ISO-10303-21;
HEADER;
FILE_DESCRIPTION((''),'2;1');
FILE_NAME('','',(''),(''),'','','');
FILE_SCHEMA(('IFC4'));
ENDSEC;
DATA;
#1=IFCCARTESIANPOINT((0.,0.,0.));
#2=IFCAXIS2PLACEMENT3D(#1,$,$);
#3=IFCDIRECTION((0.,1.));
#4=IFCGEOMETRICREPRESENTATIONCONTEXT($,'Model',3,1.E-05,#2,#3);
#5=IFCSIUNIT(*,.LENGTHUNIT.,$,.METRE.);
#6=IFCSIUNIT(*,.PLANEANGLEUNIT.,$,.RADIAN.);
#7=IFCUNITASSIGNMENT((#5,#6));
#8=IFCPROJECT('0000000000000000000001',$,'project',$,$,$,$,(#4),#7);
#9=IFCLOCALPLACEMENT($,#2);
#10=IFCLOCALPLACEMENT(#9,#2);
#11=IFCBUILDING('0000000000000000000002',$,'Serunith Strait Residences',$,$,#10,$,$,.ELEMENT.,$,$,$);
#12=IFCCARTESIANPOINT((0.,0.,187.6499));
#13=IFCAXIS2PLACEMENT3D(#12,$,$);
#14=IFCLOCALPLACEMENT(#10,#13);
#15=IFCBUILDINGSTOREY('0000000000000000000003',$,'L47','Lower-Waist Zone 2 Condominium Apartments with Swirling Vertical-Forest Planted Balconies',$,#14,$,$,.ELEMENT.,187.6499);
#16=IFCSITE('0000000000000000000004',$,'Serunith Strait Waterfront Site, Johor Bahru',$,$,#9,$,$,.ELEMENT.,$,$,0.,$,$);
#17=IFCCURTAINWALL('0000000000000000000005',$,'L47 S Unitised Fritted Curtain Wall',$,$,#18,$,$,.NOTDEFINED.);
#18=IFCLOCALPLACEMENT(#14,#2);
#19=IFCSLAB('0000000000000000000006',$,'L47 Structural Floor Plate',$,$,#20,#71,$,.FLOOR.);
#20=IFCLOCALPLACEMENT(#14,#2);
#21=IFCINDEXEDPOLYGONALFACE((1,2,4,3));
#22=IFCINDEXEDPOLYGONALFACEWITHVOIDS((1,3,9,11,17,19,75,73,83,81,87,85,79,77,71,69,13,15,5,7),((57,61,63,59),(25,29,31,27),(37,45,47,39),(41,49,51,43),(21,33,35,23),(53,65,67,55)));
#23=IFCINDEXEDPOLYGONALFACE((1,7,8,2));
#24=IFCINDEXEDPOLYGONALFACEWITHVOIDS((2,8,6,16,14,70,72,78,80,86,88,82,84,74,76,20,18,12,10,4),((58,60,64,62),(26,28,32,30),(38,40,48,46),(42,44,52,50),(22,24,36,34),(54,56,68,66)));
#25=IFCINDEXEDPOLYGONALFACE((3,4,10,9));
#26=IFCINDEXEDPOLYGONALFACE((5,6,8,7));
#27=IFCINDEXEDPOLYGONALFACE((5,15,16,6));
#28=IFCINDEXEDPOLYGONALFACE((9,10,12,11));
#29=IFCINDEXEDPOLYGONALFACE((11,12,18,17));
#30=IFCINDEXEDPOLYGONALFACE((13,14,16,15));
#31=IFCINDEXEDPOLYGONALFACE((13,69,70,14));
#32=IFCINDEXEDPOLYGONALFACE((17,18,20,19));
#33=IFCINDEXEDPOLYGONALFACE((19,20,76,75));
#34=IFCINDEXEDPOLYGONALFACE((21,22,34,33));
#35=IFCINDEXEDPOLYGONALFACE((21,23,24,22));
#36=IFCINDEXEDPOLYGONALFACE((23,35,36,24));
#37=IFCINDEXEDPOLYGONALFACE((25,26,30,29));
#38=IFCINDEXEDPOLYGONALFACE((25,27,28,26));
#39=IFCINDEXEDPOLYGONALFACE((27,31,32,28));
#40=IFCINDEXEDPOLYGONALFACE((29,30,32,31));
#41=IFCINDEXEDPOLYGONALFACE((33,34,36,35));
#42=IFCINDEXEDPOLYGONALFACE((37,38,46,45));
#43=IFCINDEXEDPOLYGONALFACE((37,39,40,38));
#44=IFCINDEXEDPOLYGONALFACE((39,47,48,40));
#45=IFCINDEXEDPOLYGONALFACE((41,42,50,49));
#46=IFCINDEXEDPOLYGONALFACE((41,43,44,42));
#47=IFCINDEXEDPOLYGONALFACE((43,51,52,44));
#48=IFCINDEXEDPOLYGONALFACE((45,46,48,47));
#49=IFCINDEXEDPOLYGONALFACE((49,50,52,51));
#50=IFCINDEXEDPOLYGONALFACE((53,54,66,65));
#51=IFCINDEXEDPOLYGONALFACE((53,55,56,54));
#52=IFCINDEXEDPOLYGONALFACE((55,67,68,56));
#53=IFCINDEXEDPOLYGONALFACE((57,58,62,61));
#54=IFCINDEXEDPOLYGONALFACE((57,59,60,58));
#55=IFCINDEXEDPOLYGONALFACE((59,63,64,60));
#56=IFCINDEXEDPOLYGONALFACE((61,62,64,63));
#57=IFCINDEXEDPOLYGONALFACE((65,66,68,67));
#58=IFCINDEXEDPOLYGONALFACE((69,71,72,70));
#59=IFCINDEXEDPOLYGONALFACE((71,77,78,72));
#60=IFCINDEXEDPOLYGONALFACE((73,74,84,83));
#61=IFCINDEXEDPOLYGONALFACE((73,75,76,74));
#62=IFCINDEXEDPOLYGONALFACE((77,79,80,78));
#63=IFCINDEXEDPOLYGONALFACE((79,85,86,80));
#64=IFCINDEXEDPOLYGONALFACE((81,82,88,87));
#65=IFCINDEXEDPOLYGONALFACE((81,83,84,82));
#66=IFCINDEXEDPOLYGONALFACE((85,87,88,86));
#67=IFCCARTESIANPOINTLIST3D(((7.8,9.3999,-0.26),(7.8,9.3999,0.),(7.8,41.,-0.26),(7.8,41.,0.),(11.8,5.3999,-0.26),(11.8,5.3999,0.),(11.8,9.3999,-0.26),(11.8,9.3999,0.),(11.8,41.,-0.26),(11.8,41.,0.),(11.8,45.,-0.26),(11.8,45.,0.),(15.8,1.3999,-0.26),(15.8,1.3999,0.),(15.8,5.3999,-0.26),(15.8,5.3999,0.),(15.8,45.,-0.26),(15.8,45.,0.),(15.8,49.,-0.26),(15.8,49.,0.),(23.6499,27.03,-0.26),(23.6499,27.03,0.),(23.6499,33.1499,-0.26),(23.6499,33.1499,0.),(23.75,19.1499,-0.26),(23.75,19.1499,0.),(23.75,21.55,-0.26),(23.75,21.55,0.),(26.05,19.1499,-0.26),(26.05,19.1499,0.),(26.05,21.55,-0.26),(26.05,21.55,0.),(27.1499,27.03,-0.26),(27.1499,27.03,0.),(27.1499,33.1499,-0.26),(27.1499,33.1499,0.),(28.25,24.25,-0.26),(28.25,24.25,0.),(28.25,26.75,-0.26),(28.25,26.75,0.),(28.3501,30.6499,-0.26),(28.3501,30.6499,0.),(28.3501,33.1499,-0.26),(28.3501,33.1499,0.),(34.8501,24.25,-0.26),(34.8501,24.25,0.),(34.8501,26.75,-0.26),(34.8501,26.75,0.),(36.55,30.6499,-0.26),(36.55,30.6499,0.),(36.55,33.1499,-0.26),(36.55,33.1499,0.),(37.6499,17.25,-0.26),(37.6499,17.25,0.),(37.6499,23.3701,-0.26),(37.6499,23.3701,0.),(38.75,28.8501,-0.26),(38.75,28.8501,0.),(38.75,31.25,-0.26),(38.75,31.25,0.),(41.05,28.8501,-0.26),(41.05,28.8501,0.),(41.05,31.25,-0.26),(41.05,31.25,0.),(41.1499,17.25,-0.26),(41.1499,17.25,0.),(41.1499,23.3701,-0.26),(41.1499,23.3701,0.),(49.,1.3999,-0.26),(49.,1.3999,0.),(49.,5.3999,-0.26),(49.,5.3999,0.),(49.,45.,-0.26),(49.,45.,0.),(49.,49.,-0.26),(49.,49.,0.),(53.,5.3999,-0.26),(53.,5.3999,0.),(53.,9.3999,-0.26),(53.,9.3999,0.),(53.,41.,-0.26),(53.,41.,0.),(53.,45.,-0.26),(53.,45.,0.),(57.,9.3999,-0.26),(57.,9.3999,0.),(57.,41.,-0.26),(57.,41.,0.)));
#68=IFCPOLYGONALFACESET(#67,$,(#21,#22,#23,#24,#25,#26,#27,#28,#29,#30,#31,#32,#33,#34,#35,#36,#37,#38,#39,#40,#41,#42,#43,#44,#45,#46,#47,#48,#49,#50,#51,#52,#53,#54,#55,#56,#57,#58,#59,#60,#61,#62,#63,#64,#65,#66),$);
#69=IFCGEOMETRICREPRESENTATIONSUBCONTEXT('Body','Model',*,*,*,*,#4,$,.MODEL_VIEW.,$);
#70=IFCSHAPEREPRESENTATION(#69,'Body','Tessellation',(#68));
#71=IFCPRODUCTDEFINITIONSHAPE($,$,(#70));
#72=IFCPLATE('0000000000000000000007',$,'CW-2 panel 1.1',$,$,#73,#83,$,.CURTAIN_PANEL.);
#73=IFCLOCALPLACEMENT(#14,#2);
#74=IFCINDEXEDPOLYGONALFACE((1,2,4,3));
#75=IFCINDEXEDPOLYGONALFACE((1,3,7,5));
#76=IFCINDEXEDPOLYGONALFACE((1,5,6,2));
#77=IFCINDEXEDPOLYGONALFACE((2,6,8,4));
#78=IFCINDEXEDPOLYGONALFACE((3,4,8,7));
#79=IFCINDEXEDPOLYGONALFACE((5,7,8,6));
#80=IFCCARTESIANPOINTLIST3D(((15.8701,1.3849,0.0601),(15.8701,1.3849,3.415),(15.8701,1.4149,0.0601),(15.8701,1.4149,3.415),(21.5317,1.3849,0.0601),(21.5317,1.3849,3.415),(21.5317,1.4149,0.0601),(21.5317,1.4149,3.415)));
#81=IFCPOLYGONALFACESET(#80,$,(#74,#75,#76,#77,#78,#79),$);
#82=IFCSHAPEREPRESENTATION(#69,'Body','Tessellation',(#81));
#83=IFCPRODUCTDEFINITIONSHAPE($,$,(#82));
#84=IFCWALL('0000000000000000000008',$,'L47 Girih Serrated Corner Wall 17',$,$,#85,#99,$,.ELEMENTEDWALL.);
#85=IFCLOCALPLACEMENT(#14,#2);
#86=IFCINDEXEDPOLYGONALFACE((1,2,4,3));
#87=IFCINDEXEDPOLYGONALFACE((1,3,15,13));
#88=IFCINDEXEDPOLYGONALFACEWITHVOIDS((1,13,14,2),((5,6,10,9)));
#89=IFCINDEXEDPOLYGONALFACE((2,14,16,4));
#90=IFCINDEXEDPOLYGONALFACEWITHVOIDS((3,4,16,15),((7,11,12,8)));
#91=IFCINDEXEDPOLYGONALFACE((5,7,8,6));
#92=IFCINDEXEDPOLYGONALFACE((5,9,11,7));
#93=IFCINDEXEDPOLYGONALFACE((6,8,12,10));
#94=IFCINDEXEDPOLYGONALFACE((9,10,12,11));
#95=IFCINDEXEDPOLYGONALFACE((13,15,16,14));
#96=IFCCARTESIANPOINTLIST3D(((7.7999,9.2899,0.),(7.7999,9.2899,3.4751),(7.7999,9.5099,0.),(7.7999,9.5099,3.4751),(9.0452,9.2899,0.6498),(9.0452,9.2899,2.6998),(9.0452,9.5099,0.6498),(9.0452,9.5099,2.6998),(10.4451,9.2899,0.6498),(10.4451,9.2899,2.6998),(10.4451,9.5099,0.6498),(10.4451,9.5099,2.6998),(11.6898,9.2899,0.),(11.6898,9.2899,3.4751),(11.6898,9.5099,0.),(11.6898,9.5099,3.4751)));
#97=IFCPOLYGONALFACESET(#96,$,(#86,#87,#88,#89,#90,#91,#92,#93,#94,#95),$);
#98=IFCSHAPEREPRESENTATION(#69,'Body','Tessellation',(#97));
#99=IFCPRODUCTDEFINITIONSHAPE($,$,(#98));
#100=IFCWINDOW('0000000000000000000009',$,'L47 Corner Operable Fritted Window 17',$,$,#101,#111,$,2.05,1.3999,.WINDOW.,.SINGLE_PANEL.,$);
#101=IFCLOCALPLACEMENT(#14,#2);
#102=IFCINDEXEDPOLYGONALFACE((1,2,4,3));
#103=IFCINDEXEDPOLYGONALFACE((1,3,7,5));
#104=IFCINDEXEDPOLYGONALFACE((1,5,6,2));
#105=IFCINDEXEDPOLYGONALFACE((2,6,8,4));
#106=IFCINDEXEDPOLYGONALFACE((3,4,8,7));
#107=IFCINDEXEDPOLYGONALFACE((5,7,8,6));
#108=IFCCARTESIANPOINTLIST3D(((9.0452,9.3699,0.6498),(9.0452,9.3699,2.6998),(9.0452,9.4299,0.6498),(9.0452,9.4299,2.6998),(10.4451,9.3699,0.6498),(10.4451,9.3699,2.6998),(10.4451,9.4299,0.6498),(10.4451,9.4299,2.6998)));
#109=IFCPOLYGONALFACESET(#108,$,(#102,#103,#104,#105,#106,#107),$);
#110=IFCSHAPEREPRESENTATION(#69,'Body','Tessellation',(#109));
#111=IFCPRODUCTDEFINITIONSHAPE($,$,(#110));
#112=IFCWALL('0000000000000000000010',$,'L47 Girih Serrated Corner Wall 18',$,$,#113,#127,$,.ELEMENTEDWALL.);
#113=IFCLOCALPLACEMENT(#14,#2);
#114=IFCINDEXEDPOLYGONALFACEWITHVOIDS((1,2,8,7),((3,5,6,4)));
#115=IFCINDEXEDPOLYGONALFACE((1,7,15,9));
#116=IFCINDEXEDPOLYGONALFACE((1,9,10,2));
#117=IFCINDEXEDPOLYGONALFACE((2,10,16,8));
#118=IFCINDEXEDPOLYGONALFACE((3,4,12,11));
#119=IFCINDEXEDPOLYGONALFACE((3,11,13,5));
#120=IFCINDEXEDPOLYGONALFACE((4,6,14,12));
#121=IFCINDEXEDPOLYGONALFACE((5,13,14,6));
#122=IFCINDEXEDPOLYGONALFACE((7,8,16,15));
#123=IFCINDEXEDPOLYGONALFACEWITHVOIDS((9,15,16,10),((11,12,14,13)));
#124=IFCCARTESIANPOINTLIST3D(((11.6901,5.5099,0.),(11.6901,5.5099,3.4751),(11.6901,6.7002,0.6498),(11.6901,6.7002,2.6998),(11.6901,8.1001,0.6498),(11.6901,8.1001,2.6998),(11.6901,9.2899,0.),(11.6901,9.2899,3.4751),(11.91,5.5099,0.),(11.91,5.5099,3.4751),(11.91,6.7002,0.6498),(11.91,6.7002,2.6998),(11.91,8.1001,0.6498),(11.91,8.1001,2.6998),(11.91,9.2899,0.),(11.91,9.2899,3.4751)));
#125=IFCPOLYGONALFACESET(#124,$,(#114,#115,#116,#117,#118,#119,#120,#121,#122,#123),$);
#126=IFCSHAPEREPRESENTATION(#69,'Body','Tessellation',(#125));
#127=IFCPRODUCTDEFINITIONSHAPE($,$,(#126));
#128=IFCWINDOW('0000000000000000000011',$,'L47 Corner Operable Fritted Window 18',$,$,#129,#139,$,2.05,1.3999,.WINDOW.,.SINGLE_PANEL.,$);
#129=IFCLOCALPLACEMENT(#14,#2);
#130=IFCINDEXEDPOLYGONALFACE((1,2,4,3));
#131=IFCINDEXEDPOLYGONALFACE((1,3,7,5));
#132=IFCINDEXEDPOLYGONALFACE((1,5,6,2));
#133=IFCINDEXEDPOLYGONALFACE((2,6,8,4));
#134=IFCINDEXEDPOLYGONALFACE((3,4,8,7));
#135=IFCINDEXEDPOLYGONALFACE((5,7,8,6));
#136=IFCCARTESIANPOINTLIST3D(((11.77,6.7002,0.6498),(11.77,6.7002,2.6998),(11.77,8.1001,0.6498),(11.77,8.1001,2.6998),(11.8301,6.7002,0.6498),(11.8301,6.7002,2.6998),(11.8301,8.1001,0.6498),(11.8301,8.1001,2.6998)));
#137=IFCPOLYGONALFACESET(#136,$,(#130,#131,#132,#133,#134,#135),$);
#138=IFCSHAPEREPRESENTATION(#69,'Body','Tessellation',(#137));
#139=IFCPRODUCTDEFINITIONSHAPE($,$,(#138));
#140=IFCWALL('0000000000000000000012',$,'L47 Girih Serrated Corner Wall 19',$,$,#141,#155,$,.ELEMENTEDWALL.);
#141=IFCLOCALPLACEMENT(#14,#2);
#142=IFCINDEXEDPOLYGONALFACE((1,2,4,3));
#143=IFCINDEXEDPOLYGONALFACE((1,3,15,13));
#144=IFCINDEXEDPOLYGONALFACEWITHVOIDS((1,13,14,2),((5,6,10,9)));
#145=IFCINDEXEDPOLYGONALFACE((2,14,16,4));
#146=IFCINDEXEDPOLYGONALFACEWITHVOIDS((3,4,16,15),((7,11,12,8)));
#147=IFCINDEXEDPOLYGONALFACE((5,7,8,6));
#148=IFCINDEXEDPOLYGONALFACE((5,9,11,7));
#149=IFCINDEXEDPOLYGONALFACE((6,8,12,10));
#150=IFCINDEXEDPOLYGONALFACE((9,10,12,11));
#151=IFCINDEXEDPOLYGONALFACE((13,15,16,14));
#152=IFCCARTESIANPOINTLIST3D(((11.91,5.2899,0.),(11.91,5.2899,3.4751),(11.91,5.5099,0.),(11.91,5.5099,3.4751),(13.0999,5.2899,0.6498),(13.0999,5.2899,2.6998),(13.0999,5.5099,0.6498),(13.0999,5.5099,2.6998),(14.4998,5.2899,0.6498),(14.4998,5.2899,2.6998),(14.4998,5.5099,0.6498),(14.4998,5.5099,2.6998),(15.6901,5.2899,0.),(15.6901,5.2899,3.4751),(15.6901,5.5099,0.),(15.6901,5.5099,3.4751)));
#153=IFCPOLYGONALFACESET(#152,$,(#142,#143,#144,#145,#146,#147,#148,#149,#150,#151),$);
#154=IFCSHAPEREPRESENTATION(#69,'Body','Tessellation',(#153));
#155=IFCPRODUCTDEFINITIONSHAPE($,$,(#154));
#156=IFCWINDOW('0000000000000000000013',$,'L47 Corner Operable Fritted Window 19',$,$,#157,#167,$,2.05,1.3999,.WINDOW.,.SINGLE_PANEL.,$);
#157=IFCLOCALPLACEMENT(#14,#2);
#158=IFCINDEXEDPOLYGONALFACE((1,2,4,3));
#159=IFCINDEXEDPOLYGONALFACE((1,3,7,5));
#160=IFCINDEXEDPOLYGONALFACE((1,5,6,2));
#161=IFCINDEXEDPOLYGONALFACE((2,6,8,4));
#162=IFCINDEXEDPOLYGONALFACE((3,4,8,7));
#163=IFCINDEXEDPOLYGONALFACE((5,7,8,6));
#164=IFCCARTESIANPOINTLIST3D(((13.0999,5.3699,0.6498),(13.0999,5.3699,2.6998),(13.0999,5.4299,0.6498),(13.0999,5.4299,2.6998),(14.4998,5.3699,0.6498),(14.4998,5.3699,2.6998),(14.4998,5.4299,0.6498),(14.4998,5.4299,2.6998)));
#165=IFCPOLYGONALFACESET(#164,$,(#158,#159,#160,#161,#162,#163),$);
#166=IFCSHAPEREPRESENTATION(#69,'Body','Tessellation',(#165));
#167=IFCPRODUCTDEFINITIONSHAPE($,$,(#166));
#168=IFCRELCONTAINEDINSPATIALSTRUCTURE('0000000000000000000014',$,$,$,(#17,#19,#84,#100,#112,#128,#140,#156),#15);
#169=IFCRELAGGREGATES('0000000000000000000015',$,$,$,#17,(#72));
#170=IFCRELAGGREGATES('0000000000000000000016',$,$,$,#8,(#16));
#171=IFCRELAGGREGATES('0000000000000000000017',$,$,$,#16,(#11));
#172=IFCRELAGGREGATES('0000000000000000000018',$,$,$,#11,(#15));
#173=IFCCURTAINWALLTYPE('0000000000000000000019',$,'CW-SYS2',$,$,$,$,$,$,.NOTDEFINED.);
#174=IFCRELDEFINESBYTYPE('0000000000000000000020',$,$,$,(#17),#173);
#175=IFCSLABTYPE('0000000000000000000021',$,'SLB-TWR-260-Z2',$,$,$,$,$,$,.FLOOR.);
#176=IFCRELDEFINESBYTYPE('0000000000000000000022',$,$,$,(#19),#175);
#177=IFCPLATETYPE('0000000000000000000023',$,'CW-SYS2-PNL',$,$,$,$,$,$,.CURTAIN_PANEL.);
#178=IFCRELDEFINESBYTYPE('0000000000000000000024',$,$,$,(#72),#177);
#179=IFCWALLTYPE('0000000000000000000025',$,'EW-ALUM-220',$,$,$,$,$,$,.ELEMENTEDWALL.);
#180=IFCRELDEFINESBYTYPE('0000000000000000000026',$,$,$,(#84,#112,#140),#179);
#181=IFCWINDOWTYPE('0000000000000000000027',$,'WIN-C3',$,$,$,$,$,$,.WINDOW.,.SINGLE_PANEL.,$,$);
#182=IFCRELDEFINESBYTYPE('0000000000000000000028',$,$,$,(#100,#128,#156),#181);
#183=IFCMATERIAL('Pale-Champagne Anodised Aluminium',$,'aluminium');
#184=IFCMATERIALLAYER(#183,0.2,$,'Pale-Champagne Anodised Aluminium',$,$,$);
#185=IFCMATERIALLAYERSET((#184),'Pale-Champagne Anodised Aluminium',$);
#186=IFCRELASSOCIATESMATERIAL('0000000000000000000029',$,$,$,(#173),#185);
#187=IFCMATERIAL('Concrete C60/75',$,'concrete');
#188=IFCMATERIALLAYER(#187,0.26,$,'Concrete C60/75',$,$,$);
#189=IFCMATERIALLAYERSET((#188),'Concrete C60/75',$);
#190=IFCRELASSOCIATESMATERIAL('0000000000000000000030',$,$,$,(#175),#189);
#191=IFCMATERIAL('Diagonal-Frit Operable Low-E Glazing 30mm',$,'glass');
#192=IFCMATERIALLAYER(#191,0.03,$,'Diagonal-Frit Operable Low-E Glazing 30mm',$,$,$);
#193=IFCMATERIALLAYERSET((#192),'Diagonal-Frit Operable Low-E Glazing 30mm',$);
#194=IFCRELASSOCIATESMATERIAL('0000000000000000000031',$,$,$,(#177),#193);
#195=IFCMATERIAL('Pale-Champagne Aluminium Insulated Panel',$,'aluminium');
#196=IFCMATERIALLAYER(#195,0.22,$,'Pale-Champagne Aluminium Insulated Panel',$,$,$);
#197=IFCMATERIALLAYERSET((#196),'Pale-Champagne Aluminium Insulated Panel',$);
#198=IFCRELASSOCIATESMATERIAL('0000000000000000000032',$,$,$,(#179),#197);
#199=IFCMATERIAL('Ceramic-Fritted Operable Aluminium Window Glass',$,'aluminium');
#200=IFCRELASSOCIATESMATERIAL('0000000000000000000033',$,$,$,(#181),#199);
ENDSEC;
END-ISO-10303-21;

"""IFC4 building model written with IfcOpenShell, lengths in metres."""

from ifc_helpers import new_model, si_unit, direction, frame, frame_2d, origin, origin_2d, place, context, subcontext, project, spatial, polyline, rectangle, outline, extrude, source, transform, mapped, material, layer, layer_set, type_object, element, fill, aggregate, save


model = new_model("IFC4")

# Units and contexts
model_context = context("Model", 3, precision=1e-05, world=origin(), true_north=direction((0.0, 1.0)))
body_context = subcontext(model_context, "Body", "Model", "MODEL_VIEW")
ifc_project = project(units=[si_unit("LENGTHUNIT", "METRE"), si_unit("PLANEANGLEUNIT", "RADIAN")], contexts=[model_context])

# Site, building, storey
site_placement = place(None, origin())
site = spatial("IfcSite", under=ifc_project, at=site_placement, Name="Serunith Strait Waterfront Site, Johor Bahru", CompositionType="ELEMENT", RefElevation=0.0)
building_placement = place(site_placement, origin())
building = spatial("IfcBuilding", under=site, at=building_placement, Name="Serunith Strait Residences", CompositionType="ELEMENT")
storey_placement = place(building_placement, frame((0.0, 0.0, 187.6499)))
storey = spatial("IfcBuildingStorey", under=building, at=storey_placement, Name="L47", Description="Lower-Waist Zone 2 Condominium Apartments with Swirling Vertical-Forest Planted Balconies", CompositionType="ELEMENT", Elevation=187.6499)

# Curtain wall
ifc_material_1 = material(Name="Pale-Champagne Anodised Aluminium", Category="aluminium")
ifc_layer_1 = layer(ifc_material_1, 0.2, Name="Pale-Champagne Anodised Aluminium")
ifc_layer_set_1 = layer_set([ifc_layer_1], Name="Pale-Champagne Anodised Aluminium")
curtain_wall_type = type_object("IfcCurtainWallType", Name="CW-SYS2", PredefinedType="NOTDEFINED", material=ifc_layer_set_1)
curtain_wall_1_placement = place(storey_placement, origin())
curtain_wall_1 = element("IfcCurtainWall", 1, at=curtain_wall_1_placement, inside=storey, type_object=curtain_wall_type, Name="L47 S Unitised Fritted Curtain Wall", PredefinedType="NOTDEFINED")

# Slab
ifc_material_2 = material(Name="Concrete C60/75", Category="concrete")
ifc_layer_2 = layer(ifc_material_2, 0.26, Name="Concrete C60/75")
ifc_layer_set_2 = layer_set([ifc_layer_2], Name="Concrete C60/75")
slab_type_1 = type_object("IfcSlabType", Name="SLB-TWR-260-Z2", PredefinedType="FLOOR", material=ifc_layer_set_2)
slab_1_placement = place(storey_placement, frame((0.0, 0.0, -0.26)))
element("IfcSlab", 2, at=slab_1_placement, inside=storey, type_object=slab_type_1, Name="L47 Structural Floor Plate", PredefinedType="FLOOR", context=body_context, shape_type="SweptSolid", body=[
    extrude(outline(polyline([(15.8, 5.3999), (11.8, 5.3999), (11.8, 9.3999), (7.8, 9.3999), (7.8, 41.0), (11.8, 41.0), (11.8, 45.0), (15.8, 45.0), (15.8, 49.0), (49.0, 49.0), (49.0, 45.0), (53.0, 45.0), (53.0, 41.0), (57.0, 41.0), (57.0, 9.3999), (53.0, 9.3999), (53.0, 5.3999), (49.0, 5.3999), (49.0, 1.3999), (15.8, 1.3999), (15.8, 5.3999)]), holes=[polyline([(41.1499, 23.3701), (37.6499, 23.3701), (37.6499, 17.25), (41.1499, 17.25), (41.1499, 23.3701)]), polyline([(38.75, 31.25), (38.75, 28.8501), (41.05, 28.8501), (41.05, 31.25), (38.75, 31.25)]), polyline([(36.55, 33.1499), (28.3501, 33.1499), (28.3501, 30.6499), (36.55, 30.6499), (36.55, 33.1499)]), polyline([(34.8501, 26.75), (28.25, 26.75), (28.25, 24.25), (34.8501, 24.25), (34.8501, 26.75)]), polyline([(23.6499, 33.1499), (23.6499, 27.03), (27.1499, 27.03), (27.1499, 33.1499), (23.6499, 33.1499)]), polyline([(26.05, 21.55), (23.75, 21.55), (23.75, 19.1499), (26.05, 19.1499), (26.05, 21.55)])]), origin(), (0.0, 0.0, 1.0), 0.26),
])

# Plate
ifc_material_3 = material(Name="Diagonal-Frit Operable Low-E Glazing 30mm", Category="glass")
ifc_layer_3 = layer(ifc_material_3, 0.03, Name="Diagonal-Frit Operable Low-E Glazing 30mm")
ifc_layer_set_3 = layer_set([ifc_layer_3], Name="Diagonal-Frit Operable Low-E Glazing 30mm")
plate_type = type_object("IfcPlateType", Name="CW-SYS2-PNL", PredefinedType="CURTAIN_PANEL", material=ifc_layer_set_3)
shared_shape_1 = source(origin(), body_context, "Body", "SweptSolid", [
    extrude(rectangle(XDim=5.6616, YDim=0.03, at=origin_2d()), origin(), (0.0, 0.0, 1.0), 3.355),
])
plate_placement = place(storey_placement, frame((18.7009, 1.3999, 0.0601), z_axis=(0.0, 0.0, 1.0), x_axis=(1.0, 0.0, 0.0)))
plate = element("IfcPlate", 3, at=plate_placement, type_object=plate_type, Name="CW-2 panel 1.1", PredefinedType="CURTAIN_PANEL", context=body_context, shape_type="MappedRepresentation", body=[
    mapped(shared_shape_1, transform((0.0, 0.0, 0.0), scale=1.0)),
])
aggregate(curtain_wall_1, [plate])

# Walls, openings, windows
ifc_material_4 = material(Name="Pale-Champagne Aluminium Insulated Panel", Category="aluminium")
ifc_layer_4 = layer(ifc_material_4, 0.22, Name="Pale-Champagne Aluminium Insulated Panel")
ifc_layer_set_4 = layer_set([ifc_layer_4], Name="Pale-Champagne Aluminium Insulated Panel")
wall_type = type_object("IfcWallType", Name="EW-ALUM-220", PredefinedType="ELEMENTEDWALL", material=ifc_layer_set_4)
wall_1_placement = place(storey_placement, frame((7.8, 9.3999, 0.0), z_axis=(0.0, 0.0, 1.0), x_axis=(1.0, 0.0, 0.0)))
wall_1 = element("IfcWall", 4, at=wall_1_placement, inside=storey, type_object=wall_type, Name="L47 Girih Serrated Corner Wall 17", PredefinedType="ELEMENTEDWALL", context=body_context, shape_type="SweptSolid", body=[
    extrude(rectangle(XDim=3.8899, YDim=0.22, at=frame_2d((1.9448, 0.0))), origin(), (0.0, 0.0, 1.0), 3.4751),
])
opening_1_placement = place(wall_1_placement, frame((1.2451, 0.0, 0.6499)))
opening_1 = element("IfcOpeningElement", 5, at=opening_1_placement, cuts=wall_1, PredefinedType="OPENING", context=body_context, shape_type="SweptSolid", body=[
    extrude(rectangle(XDim=1.3999, YDim=2.05, at=frame_2d((0.7, 1.0249))), frame((0.0, 0.1201, 0.0), z_axis=(0.0, -1.0, 0.0), x_axis=(1.0, 0.0, 0.0)), (0.0, 0.0, 1.0), 0.24),
])
ifc_material_5 = material(Name="Ceramic-Fritted Operable Aluminium Window Glass", Category="aluminium")
window_type = type_object("IfcWindowType", Name="WIN-C3", PartitioningType="SINGLE_PANEL", PredefinedType="WINDOW", material=ifc_material_5)
shared_shape_2 = source(origin(), body_context, "Body", "SweptSolid", [
    extrude(rectangle(XDim=1.3999, YDim=2.05, at=frame_2d((0.7, 1.0249))), frame((0.0, 0.03, 0.0), z_axis=(0.0, -1.0, 0.0), x_axis=(1.0, 0.0, 0.0)), (0.0, 0.0, 1.0), 0.0601),
])
window_1_placement = place(opening_1_placement, origin())
window_1 = element("IfcWindow", 6, at=window_1_placement, inside=storey, type_object=window_type, Name="L47 Corner Operable Fritted Window 17", OverallHeight=2.05, OverallWidth=1.3999, PartitioningType="SINGLE_PANEL", PredefinedType="WINDOW", context=body_context, shape_type="MappedRepresentation", body=[
    mapped(shared_shape_2, transform((0.0, 0.0, 0.0), scale=1.0)),
])
fill(opening_1, window_1)
wall_2_placement = place(storey_placement, frame((11.8, 9.29, 0.0), z_axis=(0.0, 0.0, 1.0), x_axis=(0.0, -1.0, 0.0)))
wall_2 = element("IfcWall", 7, at=wall_2_placement, inside=storey, type_object=wall_type, Name="L47 Girih Serrated Corner Wall 18", PredefinedType="ELEMENTEDWALL", context=body_context, shape_type="SweptSolid", body=[
    extrude(rectangle(XDim=3.78, YDim=0.22, at=frame_2d((1.8901, 0.0))), origin(), (0.0, 0.0, 1.0), 3.4751),
])
opening_2_placement = place(wall_2_placement, frame((1.1899, 0.0, 0.6499)))
opening_2 = element("IfcOpeningElement", 8, at=opening_2_placement, cuts=wall_2, PredefinedType="OPENING", context=body_context, shape_type="SweptSolid", body=[
    extrude(rectangle(XDim=1.3999, YDim=2.05, at=frame_2d((0.7, 1.0249))), frame((0.0, 0.1201, 0.0), z_axis=(0.0, -1.0, 0.0), x_axis=(1.0, 0.0, 0.0)), (0.0, 0.0, 1.0), 0.24),
])
window_2_placement = place(opening_2_placement, origin())
window_2 = element("IfcWindow", 9, at=window_2_placement, inside=storey, type_object=window_type, Name="L47 Corner Operable Fritted Window 18", OverallHeight=2.05, OverallWidth=1.3999, PartitioningType="SINGLE_PANEL", PredefinedType="WINDOW", context=body_context, shape_type="MappedRepresentation", body=[
    mapped(shared_shape_2, transform((0.0, 0.0, 0.0), scale=1.0)),
])
fill(opening_2, window_2)
wall_3_placement = place(storey_placement, frame((11.9099, 5.3999, 0.0), z_axis=(0.0, 0.0, 1.0), x_axis=(1.0, 0.0, 0.0)))
wall_3 = element("IfcWall", 10, at=wall_3_placement, inside=storey, type_object=wall_type, Name="L47 Girih Serrated Corner Wall 19", PredefinedType="ELEMENTEDWALL", context=body_context, shape_type="SweptSolid", body=[
    extrude(rectangle(XDim=3.78, YDim=0.22, at=frame_2d((1.8901, 0.0))), origin(), (0.0, 0.0, 1.0), 3.4751),
])
opening_3_placement = place(wall_3_placement, frame((1.1899, 0.0, 0.6499)))
opening_3 = element("IfcOpeningElement", 11, at=opening_3_placement, cuts=wall_3, PredefinedType="OPENING", context=body_context, shape_type="SweptSolid", body=[
    extrude(rectangle(XDim=1.3999, YDim=2.05, at=frame_2d((0.7, 1.0249))), frame((0.0, 0.1201, 0.0), z_axis=(0.0, -1.0, 0.0), x_axis=(1.0, 0.0, 0.0)), (0.0, 0.0, 1.0), 0.24),
])
window_3_placement = place(opening_3_placement, origin())
window_3 = element("IfcWindow", 12, at=window_3_placement, inside=storey, type_object=window_type, Name="L47 Corner Operable Fritted Window 19", OverallHeight=2.05, OverallWidth=1.3999, PartitioningType="SINGLE_PANEL", PredefinedType="WINDOW", context=body_context, shape_type="MappedRepresentation", body=[
    mapped(shared_shape_2, transform((0.0, 0.0, 0.0), scale=1.0)),
])
fill(opening_3, window_3)

save(model, "model.ifc")
